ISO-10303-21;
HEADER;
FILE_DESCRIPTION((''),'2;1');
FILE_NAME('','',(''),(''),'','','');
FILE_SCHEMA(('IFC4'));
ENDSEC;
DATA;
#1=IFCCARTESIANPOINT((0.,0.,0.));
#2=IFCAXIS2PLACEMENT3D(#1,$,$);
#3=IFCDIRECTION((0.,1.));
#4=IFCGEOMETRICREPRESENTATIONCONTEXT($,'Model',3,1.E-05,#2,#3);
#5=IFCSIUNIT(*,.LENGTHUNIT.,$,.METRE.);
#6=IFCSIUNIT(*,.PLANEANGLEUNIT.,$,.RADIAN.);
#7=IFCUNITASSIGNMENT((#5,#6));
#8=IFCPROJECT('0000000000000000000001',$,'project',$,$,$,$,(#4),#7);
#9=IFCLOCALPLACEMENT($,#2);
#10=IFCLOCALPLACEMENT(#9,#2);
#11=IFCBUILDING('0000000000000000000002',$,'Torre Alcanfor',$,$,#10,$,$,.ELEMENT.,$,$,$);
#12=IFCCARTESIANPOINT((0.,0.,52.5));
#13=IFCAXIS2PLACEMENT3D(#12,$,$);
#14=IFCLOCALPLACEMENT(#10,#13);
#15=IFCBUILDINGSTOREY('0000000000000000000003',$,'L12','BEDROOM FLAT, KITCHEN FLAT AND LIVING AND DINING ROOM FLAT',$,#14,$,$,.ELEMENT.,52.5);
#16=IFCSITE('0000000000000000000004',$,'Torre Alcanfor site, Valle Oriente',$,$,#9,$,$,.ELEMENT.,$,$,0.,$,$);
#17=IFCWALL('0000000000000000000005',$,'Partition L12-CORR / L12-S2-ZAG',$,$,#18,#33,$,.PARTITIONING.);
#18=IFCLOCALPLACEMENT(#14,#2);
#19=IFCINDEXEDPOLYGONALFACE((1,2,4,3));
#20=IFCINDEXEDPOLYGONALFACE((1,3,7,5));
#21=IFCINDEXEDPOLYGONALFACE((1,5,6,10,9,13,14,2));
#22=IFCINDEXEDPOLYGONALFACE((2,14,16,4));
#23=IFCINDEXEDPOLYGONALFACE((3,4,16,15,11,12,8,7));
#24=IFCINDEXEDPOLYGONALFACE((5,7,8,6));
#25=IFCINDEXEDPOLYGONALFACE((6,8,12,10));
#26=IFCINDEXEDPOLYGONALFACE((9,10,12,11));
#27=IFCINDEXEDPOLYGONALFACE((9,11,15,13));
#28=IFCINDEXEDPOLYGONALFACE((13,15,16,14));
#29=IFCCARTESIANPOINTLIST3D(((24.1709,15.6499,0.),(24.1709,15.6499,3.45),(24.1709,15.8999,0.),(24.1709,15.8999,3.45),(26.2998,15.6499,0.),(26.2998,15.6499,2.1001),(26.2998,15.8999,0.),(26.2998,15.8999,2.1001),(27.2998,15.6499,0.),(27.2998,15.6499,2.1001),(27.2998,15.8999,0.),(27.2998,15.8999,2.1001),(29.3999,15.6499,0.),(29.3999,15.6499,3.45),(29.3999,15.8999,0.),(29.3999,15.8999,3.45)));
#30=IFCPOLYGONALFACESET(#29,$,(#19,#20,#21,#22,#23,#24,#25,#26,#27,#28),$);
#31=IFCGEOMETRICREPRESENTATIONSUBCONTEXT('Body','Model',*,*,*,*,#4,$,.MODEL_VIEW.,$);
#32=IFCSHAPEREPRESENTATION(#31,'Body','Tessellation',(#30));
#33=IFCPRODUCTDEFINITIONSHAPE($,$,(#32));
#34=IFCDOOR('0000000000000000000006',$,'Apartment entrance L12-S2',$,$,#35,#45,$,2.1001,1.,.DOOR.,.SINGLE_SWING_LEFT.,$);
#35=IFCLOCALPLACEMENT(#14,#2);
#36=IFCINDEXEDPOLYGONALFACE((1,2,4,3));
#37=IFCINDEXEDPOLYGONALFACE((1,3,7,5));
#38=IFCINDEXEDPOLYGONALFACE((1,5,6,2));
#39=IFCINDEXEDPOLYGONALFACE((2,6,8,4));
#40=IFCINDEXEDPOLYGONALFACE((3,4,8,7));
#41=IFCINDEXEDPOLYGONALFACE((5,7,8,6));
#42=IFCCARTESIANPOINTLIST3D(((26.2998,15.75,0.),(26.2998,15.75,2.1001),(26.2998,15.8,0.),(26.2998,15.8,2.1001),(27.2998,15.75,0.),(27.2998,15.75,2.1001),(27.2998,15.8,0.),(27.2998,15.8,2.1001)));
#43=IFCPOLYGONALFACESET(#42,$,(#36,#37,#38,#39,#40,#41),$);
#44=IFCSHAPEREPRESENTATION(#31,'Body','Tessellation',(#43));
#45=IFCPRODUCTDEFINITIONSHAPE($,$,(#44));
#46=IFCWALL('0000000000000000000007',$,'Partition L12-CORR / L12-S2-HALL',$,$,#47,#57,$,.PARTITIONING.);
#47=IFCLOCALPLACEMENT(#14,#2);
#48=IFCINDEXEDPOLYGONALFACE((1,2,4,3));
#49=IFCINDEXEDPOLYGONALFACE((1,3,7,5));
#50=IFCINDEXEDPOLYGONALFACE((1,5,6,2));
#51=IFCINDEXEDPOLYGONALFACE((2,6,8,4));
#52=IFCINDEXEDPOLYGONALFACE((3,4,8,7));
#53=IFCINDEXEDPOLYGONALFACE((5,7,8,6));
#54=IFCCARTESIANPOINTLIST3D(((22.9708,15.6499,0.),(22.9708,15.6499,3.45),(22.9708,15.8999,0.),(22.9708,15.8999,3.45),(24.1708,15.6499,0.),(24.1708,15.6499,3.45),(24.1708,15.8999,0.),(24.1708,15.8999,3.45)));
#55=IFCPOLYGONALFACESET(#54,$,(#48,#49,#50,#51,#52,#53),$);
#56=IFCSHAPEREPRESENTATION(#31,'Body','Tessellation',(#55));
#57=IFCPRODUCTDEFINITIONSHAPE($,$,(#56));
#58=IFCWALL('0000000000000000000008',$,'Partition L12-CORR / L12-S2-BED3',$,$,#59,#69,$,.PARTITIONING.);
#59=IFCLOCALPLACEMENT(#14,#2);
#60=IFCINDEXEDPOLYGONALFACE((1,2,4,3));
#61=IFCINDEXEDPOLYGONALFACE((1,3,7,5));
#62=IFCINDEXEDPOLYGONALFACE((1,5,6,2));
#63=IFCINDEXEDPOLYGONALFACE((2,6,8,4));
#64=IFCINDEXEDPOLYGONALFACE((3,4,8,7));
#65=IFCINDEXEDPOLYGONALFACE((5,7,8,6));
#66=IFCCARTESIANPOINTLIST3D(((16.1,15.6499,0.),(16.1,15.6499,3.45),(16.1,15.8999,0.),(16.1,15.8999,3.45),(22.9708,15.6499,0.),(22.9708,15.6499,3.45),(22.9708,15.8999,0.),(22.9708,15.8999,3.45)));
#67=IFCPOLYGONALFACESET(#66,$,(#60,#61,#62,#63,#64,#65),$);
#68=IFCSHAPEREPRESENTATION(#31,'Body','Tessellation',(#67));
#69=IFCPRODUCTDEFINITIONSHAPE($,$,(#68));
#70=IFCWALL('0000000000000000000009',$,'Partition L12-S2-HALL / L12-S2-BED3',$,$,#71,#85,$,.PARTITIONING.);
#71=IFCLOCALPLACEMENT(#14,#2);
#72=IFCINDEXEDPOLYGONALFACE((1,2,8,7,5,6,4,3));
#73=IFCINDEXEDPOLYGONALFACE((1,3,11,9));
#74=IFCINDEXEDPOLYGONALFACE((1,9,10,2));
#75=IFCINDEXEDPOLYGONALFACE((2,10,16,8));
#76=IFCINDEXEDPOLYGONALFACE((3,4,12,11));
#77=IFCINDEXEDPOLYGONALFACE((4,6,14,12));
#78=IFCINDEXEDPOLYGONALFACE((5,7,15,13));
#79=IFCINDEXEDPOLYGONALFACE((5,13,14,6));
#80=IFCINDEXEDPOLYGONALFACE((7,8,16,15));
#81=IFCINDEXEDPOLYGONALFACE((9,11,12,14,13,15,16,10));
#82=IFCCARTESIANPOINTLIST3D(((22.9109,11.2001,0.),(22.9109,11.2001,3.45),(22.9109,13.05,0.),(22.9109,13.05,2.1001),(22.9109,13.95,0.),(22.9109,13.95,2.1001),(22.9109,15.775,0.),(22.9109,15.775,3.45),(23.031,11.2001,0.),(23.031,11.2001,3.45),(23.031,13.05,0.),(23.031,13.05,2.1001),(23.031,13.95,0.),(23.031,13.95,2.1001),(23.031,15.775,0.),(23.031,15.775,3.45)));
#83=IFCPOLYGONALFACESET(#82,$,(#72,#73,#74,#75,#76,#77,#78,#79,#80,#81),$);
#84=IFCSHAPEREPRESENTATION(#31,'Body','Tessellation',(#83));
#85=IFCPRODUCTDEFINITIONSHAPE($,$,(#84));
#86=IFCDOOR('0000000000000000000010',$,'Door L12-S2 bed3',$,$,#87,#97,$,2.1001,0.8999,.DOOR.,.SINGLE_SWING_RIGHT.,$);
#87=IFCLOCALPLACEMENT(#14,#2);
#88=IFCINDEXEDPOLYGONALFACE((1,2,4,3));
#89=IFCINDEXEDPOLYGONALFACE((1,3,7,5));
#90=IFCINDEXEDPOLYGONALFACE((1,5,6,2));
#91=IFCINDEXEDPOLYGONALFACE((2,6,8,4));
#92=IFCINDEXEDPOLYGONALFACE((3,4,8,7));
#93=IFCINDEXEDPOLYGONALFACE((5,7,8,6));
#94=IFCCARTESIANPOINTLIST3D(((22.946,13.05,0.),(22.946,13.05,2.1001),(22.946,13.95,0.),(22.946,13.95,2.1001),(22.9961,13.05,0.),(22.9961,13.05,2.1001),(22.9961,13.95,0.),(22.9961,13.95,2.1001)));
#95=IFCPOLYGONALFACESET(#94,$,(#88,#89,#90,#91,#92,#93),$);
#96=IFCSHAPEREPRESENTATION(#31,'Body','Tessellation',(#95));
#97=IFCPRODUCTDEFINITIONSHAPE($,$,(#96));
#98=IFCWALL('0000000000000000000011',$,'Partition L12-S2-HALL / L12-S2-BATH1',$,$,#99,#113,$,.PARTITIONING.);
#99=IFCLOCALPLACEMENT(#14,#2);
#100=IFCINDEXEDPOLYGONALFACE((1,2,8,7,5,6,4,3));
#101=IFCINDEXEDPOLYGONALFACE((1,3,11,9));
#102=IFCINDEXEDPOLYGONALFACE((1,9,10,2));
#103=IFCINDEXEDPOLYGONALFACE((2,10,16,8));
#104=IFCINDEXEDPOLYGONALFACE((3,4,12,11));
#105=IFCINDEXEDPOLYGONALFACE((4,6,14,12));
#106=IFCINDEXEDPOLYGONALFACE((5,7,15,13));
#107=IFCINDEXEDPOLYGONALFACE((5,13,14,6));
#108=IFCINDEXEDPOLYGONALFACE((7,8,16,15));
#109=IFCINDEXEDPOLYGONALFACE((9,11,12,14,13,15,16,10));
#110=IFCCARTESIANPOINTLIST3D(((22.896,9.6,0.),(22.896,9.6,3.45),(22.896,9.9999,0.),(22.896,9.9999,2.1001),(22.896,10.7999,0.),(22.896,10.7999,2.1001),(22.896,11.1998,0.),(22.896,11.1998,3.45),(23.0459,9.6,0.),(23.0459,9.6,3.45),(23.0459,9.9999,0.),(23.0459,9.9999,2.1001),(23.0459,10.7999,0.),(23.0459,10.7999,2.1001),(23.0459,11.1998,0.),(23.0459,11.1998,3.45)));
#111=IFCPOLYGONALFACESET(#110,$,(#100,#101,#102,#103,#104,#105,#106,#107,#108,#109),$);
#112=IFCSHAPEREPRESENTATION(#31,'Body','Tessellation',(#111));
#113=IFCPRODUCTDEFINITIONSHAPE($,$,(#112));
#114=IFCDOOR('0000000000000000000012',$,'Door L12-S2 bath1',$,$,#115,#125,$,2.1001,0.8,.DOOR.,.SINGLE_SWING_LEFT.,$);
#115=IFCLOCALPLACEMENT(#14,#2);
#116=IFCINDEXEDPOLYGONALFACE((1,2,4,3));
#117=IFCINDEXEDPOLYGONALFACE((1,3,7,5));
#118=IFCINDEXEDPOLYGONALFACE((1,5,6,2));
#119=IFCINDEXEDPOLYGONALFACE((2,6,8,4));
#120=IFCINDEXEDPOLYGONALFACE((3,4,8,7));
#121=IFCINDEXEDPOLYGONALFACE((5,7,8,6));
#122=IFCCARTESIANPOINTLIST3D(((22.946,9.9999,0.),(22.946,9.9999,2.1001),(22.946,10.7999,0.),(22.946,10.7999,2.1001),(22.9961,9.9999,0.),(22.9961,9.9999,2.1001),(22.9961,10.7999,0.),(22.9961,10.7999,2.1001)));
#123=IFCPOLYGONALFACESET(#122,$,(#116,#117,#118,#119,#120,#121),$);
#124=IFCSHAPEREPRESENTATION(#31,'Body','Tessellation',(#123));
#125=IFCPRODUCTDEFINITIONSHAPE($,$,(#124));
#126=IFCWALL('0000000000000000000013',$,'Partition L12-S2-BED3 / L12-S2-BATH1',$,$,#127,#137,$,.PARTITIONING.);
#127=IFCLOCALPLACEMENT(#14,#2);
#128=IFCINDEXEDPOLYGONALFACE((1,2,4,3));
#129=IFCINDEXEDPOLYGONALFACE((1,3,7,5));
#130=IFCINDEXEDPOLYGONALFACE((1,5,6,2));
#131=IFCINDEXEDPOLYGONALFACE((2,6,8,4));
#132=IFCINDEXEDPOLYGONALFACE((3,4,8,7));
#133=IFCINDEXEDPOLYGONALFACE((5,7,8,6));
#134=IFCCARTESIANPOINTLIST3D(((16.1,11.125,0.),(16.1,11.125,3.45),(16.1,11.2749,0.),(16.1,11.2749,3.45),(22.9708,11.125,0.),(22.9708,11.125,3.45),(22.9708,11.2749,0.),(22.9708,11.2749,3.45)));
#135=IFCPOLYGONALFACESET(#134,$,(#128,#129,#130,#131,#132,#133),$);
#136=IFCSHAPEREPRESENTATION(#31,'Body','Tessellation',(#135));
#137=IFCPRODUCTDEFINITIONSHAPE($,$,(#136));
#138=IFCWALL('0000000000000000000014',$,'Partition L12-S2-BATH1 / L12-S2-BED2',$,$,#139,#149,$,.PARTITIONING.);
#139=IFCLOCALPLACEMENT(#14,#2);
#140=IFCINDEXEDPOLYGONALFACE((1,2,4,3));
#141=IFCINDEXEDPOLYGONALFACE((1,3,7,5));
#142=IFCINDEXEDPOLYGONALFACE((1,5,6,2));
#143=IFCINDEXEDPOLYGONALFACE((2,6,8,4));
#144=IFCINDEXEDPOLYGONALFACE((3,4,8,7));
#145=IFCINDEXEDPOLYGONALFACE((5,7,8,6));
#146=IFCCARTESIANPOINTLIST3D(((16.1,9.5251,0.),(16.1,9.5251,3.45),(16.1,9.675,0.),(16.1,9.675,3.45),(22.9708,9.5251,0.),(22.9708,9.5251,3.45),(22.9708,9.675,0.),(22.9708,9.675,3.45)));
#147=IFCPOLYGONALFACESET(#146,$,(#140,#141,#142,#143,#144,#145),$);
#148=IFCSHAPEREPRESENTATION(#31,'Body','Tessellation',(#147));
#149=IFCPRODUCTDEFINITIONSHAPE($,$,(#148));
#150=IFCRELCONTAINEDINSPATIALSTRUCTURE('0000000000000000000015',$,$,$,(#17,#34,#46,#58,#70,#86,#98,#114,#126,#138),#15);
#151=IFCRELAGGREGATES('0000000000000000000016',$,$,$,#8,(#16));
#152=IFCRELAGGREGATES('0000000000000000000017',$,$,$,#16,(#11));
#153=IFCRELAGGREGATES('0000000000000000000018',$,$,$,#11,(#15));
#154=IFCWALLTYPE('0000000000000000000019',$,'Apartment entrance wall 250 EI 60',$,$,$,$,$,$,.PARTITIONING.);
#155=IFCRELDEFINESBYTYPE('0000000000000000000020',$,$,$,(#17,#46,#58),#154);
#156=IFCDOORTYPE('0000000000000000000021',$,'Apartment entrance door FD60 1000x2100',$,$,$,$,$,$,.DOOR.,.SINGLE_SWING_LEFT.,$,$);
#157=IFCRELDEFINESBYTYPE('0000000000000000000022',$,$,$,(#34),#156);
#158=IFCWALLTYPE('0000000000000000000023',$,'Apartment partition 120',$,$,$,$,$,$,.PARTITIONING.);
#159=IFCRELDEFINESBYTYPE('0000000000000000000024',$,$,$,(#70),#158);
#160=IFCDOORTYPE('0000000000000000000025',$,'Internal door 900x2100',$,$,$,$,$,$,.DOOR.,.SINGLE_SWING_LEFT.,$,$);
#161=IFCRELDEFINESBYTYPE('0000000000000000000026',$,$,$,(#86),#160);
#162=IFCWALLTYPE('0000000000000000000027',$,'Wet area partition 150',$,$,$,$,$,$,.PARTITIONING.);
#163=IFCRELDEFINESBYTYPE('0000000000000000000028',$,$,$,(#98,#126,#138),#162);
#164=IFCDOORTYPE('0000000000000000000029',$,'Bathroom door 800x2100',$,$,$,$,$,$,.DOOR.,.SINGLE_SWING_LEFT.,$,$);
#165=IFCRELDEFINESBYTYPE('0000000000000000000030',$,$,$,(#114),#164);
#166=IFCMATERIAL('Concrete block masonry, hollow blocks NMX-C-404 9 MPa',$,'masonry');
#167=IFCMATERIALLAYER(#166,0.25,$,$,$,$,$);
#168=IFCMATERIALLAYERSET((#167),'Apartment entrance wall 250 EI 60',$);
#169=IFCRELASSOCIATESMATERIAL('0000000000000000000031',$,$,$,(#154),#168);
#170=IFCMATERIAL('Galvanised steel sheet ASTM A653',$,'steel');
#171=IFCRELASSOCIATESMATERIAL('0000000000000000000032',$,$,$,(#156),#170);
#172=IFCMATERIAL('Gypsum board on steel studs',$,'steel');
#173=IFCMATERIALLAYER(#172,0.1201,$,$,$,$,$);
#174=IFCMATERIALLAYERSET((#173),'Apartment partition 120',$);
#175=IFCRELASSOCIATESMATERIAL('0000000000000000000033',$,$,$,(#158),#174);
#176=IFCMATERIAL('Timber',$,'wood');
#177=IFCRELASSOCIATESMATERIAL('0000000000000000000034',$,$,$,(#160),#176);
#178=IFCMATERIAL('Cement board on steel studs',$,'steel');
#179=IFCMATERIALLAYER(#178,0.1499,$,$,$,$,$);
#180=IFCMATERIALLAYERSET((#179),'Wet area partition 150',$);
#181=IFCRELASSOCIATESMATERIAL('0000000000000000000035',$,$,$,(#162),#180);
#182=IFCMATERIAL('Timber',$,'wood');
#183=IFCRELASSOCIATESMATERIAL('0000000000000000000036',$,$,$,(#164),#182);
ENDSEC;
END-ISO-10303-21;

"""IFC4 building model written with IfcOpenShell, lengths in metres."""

from ifc_helpers import new_model, si_unit, direction, frame, frame_2d, origin, place, context, subcontext, project, spatial, rectangle, extrude, material, layer, layer_set, type_object, element, fill, save


model = new_model("IFC4")

# Units and contexts
model_context = context("Model", 3, precision=1e-05, world=origin(), true_north=direction((0.0, 1.0)))
body_context = subcontext(model_context, "Body", "Model", "MODEL_VIEW")
ifc_project = project(units=[si_unit("LENGTHUNIT", "METRE"), si_unit("PLANEANGLEUNIT", "RADIAN")], contexts=[model_context])

# Site, building, storey
site_placement = place(None, origin())
site = spatial("IfcSite", under=ifc_project, at=site_placement, Name="Torre Alcanfor site, Valle Oriente", CompositionType="ELEMENT", RefElevation=0.0)
building_placement = place(site_placement, origin())
building = spatial("IfcBuilding", under=site, at=building_placement, Name="Torre Alcanfor", CompositionType="ELEMENT")
storey_placement = place(building_placement, frame((0.0, 0.0, 52.5)))
storey = spatial("IfcBuildingStorey", under=building, at=storey_placement, Name="L12", Description="BEDROOM FLAT, KITCHEN FLAT AND LIVING AND DINING ROOM FLAT", CompositionType="ELEMENT", Elevation=52.5)

# Wall, opening, door
ifc_material_1 = material(Name="Concrete block masonry, hollow blocks NMX-C-404 9 MPa", Category="masonry")
ifc_layer_1 = layer(ifc_material_1, 0.25)
ifc_layer_set_1 = layer_set([ifc_layer_1], Name="Apartment entrance wall 250 EI 60")
wall_type_1 = type_object("IfcWallType", Name="Apartment entrance wall 250 EI 60", PredefinedType="PARTITIONING", material=ifc_layer_set_1)
wall_1_placement = place(storey_placement, frame((29.3999, 15.7749, 0.0), z_axis=(0.0, 0.0, 1.0), x_axis=(-1.0, 0.0, 0.0)))
wall_1 = element("IfcWall", 1, at=wall_1_placement, inside=storey, type_object=wall_type_1, Name="Partition L12-CORR / L12-S2-ZAG", PredefinedType="PARTITIONING", context=body_context, shape_type="SweptSolid", body=[
    extrude(rectangle(XDim=5.229, YDim=0.25, at=frame_2d((2.6145, 0.0))), origin(), (0.0, 0.0, 1.0), 3.45),
])
opening_1_placement = place(wall_1_placement, frame((2.1001, 0.0, 0.0)))
opening_1 = element("IfcOpeningElement", 2, at=opening_1_placement, cuts=wall_1, PredefinedType="OPENING", context=body_context, shape_type="SweptSolid", body=[
    extrude(rectangle(XDim=1.0, YDim=2.1001, at=frame_2d((0.5, 1.05))), frame((0.0, 0.135, 0.0), z_axis=(0.0, -1.0, 0.0), x_axis=(1.0, 0.0, 0.0)), (0.0, 0.0, 1.0), 0.27),
])
ifc_material_2 = material(Name="Galvanised steel sheet ASTM A653", Category="steel")
door_type_1 = type_object("IfcDoorType", Name="Apartment entrance door FD60 1000x2100", OperationType="SINGLE_SWING_LEFT", PredefinedType="DOOR", material=ifc_material_2)
door_1_placement = place(opening_1_placement, origin())
door_1 = element("IfcDoor", 3, at=door_1_placement, inside=storey, type_object=door_type_1, Name="Apartment entrance L12-S2", OperationType="SINGLE_SWING_LEFT", OverallHeight=2.1001, OverallWidth=1.0, PredefinedType="DOOR", context=body_context, shape_type="SweptSolid", body=[
    extrude(rectangle(XDim=1.0, YDim=2.1001, at=frame_2d((0.5, 1.05))), frame((0.0, 0.0249, 0.0), z_axis=(0.0, -1.0, 0.0), x_axis=(1.0, 0.0, 0.0)), (0.0, 0.0, 1.0), 0.05),
])
fill(opening_1, door_1)

# Walls
wall_2_placement = place(storey_placement, frame((24.1709, 15.7749, 0.0), z_axis=(0.0, 0.0, 1.0), x_axis=(-1.0, 0.0, 0.0)))
element("IfcWall", 4, at=wall_2_placement, inside=storey, type_object=wall_type_1, Name="Partition L12-CORR / L12-S2-HALL", PredefinedType="PARTITIONING", context=body_context, shape_type="SweptSolid", body=[
    extrude(rectangle(XDim=1.2, YDim=0.25, at=frame_2d((0.6001, 0.0))), origin(), (0.0, 0.0, 1.0), 3.45),
])
wall_3_placement = place(storey_placement, frame((22.9709, 15.7749, 0.0), z_axis=(0.0, 0.0, 1.0), x_axis=(-1.0, 0.0, 0.0)))
element("IfcWall", 5, at=wall_3_placement, inside=storey, type_object=wall_type_1, Name="Partition L12-CORR / L12-S2-BED3", PredefinedType="PARTITIONING", context=body_context, shape_type="SweptSolid", body=[
    extrude(rectangle(XDim=6.8708, YDim=0.25, at=frame_2d((3.4355, 0.0))), origin(), (0.0, 0.0, 1.0), 3.45),
])

# Walls, openings, doors
ifc_material_3 = material(Name="Gypsum board on steel studs", Category="steel")
ifc_layer_2 = layer(ifc_material_3, 0.1201)
ifc_layer_set_2 = layer_set([ifc_layer_2], Name="Apartment partition 120")
wall_type_2 = type_object("IfcWallType", Name="Apartment partition 120", PredefinedType="PARTITIONING", material=ifc_layer_set_2)
wall_4_placement = place(storey_placement, frame((22.9709, 11.2, 0.0), z_axis=(0.0, 0.0, 1.0), x_axis=(0.0, 1.0, 0.0)))
wall_4 = element("IfcWall", 6, at=wall_4_placement, inside=storey, type_object=wall_type_2, Name="Partition L12-S2-HALL / L12-S2-BED3", PredefinedType="PARTITIONING", context=body_context, shape_type="SweptSolid", body=[
    extrude(rectangle(XDim=4.575, YDim=0.1201, at=frame_2d((2.2876, 0.0))), origin(), (0.0, 0.0, 1.0), 3.45),
])
opening_2_placement = place(wall_4_placement, frame((1.8501, 0.0, 0.0)))
opening_2 = element("IfcOpeningElement", 7, at=opening_2_placement, cuts=wall_4, PredefinedType="OPENING", context=body_context, shape_type="SweptSolid", body=[
    extrude(rectangle(XDim=0.8999, YDim=2.1001, at=frame_2d((0.45, 1.05))), frame((0.0, 0.0701, 0.0), z_axis=(0.0, -1.0, 0.0), x_axis=(1.0, 0.0, 0.0)), (0.0, 0.0, 1.0), 0.1401),
])
ifc_material_4 = material(Name="Timber", Category="wood")
door_type_2 = type_object("IfcDoorType", Name="Internal door 900x2100", OperationType="SINGLE_SWING_LEFT", PredefinedType="DOOR", material=ifc_material_4)
door_2_placement = place(opening_2_placement, origin())
door_2 = element("IfcDoor", 8, at=door_2_placement, inside=storey, type_object=door_type_2, Name="Door L12-S2 bed3", OperationType="SINGLE_SWING_RIGHT", OverallHeight=2.1001, OverallWidth=0.8999, PredefinedType="DOOR", context=body_context, shape_type="SweptSolid", body=[
    extrude(rectangle(XDim=0.8999, YDim=2.1001, at=frame_2d((0.45, 1.05))), frame((0.0, 0.0249, 0.0), z_axis=(0.0, -1.0, 0.0), x_axis=(1.0, 0.0, 0.0)), (0.0, 0.0, 1.0), 0.05),
])
fill(opening_2, door_2)
ifc_material_5 = material(Name="Cement board on steel studs", Category="steel")
ifc_layer_3 = layer(ifc_material_5, 0.1499)
ifc_layer_set_3 = layer_set([ifc_layer_3], Name="Wet area partition 150")
wall_type_3 = type_object("IfcWallType", Name="Wet area partition 150", PredefinedType="PARTITIONING", material=ifc_layer_set_3)
wall_5_placement = place(storey_placement, frame((22.9709, 9.6001, 0.0), z_axis=(0.0, 0.0, 1.0), x_axis=(0.0, 1.0, 0.0)))
wall_5 = element("IfcWall", 9, at=wall_5_placement, inside=storey, type_object=wall_type_3, Name="Partition L12-S2-HALL / L12-S2-BATH1", PredefinedType="PARTITIONING", context=body_context, shape_type="SweptSolid", body=[
    extrude(rectangle(XDim=1.5999, YDim=0.1499, at=frame_2d((0.7998, 0.0))), origin(), (0.0, 0.0, 1.0), 3.45),
])
opening_3_placement = place(wall_5_placement, frame((0.3999, 0.0, 0.0)))
opening_3 = element("IfcOpeningElement", 10, at=opening_3_placement, cuts=wall_5, PredefinedType="OPENING", context=body_context, shape_type="SweptSolid", body=[
    extrude(rectangle(XDim=0.8, YDim=2.1001, at=frame_2d((0.3999, 1.05))), frame((0.0, 0.085, 0.0), z_axis=(0.0, -1.0, 0.0), x_axis=(1.0, 0.0, 0.0)), (0.0, 0.0, 1.0), 0.1699),
])
ifc_material_6 = material(Name="Timber", Category="wood")
door_type_3 = type_object("IfcDoorType", Name="Bathroom door 800x2100", OperationType="SINGLE_SWING_LEFT", PredefinedType="DOOR", material=ifc_material_6)
door_3_placement = place(opening_3_placement, origin())
door_3 = element("IfcDoor", 11, at=door_3_placement, inside=storey, type_object=door_type_3, Name="Door L12-S2 bath1", OperationType="SINGLE_SWING_LEFT", OverallHeight=2.1001, OverallWidth=0.8, PredefinedType="DOOR", context=body_context, shape_type="SweptSolid", body=[
    extrude(rectangle(XDim=0.8, YDim=2.1001, at=frame_2d((0.3999, 1.05))), frame((0.0, 0.0249, 0.0), z_axis=(0.0, -1.0, 0.0), x_axis=(1.0, 0.0, 0.0)), (0.0, 0.0, 1.0), 0.05),
])
fill(opening_3, door_3)

# Walls
for number, where, z_axis, x_axis, name in (
    (12, (22.9709, 11.2, 0.0), (0.0, 0.0, 1.0), (-1.0, 0.0, 0.0), "Partition L12-S2-BED3 / L12-S2-BATH1"),
    (13, (22.9709, 9.6001, 0.0), (0.0, 0.0, 1.0), (-1.0, 0.0, 0.0), "Partition L12-S2-BATH1 / L12-S2-BED2"),
):
    element("IfcWall", number, at=place(storey_placement, frame(where, z_axis=z_axis, x_axis=x_axis)), inside=storey, type_object=wall_type_3, Name=name, PredefinedType="PARTITIONING", context=body_context, shape_type="SweptSolid", body=[
        extrude(rectangle(XDim=6.8708, YDim=0.1499, at=frame_2d((3.4355, 0.0))), origin(), (0.0, 0.0, 1.0), 3.45),
    ])

save(model, "model.ifc")
